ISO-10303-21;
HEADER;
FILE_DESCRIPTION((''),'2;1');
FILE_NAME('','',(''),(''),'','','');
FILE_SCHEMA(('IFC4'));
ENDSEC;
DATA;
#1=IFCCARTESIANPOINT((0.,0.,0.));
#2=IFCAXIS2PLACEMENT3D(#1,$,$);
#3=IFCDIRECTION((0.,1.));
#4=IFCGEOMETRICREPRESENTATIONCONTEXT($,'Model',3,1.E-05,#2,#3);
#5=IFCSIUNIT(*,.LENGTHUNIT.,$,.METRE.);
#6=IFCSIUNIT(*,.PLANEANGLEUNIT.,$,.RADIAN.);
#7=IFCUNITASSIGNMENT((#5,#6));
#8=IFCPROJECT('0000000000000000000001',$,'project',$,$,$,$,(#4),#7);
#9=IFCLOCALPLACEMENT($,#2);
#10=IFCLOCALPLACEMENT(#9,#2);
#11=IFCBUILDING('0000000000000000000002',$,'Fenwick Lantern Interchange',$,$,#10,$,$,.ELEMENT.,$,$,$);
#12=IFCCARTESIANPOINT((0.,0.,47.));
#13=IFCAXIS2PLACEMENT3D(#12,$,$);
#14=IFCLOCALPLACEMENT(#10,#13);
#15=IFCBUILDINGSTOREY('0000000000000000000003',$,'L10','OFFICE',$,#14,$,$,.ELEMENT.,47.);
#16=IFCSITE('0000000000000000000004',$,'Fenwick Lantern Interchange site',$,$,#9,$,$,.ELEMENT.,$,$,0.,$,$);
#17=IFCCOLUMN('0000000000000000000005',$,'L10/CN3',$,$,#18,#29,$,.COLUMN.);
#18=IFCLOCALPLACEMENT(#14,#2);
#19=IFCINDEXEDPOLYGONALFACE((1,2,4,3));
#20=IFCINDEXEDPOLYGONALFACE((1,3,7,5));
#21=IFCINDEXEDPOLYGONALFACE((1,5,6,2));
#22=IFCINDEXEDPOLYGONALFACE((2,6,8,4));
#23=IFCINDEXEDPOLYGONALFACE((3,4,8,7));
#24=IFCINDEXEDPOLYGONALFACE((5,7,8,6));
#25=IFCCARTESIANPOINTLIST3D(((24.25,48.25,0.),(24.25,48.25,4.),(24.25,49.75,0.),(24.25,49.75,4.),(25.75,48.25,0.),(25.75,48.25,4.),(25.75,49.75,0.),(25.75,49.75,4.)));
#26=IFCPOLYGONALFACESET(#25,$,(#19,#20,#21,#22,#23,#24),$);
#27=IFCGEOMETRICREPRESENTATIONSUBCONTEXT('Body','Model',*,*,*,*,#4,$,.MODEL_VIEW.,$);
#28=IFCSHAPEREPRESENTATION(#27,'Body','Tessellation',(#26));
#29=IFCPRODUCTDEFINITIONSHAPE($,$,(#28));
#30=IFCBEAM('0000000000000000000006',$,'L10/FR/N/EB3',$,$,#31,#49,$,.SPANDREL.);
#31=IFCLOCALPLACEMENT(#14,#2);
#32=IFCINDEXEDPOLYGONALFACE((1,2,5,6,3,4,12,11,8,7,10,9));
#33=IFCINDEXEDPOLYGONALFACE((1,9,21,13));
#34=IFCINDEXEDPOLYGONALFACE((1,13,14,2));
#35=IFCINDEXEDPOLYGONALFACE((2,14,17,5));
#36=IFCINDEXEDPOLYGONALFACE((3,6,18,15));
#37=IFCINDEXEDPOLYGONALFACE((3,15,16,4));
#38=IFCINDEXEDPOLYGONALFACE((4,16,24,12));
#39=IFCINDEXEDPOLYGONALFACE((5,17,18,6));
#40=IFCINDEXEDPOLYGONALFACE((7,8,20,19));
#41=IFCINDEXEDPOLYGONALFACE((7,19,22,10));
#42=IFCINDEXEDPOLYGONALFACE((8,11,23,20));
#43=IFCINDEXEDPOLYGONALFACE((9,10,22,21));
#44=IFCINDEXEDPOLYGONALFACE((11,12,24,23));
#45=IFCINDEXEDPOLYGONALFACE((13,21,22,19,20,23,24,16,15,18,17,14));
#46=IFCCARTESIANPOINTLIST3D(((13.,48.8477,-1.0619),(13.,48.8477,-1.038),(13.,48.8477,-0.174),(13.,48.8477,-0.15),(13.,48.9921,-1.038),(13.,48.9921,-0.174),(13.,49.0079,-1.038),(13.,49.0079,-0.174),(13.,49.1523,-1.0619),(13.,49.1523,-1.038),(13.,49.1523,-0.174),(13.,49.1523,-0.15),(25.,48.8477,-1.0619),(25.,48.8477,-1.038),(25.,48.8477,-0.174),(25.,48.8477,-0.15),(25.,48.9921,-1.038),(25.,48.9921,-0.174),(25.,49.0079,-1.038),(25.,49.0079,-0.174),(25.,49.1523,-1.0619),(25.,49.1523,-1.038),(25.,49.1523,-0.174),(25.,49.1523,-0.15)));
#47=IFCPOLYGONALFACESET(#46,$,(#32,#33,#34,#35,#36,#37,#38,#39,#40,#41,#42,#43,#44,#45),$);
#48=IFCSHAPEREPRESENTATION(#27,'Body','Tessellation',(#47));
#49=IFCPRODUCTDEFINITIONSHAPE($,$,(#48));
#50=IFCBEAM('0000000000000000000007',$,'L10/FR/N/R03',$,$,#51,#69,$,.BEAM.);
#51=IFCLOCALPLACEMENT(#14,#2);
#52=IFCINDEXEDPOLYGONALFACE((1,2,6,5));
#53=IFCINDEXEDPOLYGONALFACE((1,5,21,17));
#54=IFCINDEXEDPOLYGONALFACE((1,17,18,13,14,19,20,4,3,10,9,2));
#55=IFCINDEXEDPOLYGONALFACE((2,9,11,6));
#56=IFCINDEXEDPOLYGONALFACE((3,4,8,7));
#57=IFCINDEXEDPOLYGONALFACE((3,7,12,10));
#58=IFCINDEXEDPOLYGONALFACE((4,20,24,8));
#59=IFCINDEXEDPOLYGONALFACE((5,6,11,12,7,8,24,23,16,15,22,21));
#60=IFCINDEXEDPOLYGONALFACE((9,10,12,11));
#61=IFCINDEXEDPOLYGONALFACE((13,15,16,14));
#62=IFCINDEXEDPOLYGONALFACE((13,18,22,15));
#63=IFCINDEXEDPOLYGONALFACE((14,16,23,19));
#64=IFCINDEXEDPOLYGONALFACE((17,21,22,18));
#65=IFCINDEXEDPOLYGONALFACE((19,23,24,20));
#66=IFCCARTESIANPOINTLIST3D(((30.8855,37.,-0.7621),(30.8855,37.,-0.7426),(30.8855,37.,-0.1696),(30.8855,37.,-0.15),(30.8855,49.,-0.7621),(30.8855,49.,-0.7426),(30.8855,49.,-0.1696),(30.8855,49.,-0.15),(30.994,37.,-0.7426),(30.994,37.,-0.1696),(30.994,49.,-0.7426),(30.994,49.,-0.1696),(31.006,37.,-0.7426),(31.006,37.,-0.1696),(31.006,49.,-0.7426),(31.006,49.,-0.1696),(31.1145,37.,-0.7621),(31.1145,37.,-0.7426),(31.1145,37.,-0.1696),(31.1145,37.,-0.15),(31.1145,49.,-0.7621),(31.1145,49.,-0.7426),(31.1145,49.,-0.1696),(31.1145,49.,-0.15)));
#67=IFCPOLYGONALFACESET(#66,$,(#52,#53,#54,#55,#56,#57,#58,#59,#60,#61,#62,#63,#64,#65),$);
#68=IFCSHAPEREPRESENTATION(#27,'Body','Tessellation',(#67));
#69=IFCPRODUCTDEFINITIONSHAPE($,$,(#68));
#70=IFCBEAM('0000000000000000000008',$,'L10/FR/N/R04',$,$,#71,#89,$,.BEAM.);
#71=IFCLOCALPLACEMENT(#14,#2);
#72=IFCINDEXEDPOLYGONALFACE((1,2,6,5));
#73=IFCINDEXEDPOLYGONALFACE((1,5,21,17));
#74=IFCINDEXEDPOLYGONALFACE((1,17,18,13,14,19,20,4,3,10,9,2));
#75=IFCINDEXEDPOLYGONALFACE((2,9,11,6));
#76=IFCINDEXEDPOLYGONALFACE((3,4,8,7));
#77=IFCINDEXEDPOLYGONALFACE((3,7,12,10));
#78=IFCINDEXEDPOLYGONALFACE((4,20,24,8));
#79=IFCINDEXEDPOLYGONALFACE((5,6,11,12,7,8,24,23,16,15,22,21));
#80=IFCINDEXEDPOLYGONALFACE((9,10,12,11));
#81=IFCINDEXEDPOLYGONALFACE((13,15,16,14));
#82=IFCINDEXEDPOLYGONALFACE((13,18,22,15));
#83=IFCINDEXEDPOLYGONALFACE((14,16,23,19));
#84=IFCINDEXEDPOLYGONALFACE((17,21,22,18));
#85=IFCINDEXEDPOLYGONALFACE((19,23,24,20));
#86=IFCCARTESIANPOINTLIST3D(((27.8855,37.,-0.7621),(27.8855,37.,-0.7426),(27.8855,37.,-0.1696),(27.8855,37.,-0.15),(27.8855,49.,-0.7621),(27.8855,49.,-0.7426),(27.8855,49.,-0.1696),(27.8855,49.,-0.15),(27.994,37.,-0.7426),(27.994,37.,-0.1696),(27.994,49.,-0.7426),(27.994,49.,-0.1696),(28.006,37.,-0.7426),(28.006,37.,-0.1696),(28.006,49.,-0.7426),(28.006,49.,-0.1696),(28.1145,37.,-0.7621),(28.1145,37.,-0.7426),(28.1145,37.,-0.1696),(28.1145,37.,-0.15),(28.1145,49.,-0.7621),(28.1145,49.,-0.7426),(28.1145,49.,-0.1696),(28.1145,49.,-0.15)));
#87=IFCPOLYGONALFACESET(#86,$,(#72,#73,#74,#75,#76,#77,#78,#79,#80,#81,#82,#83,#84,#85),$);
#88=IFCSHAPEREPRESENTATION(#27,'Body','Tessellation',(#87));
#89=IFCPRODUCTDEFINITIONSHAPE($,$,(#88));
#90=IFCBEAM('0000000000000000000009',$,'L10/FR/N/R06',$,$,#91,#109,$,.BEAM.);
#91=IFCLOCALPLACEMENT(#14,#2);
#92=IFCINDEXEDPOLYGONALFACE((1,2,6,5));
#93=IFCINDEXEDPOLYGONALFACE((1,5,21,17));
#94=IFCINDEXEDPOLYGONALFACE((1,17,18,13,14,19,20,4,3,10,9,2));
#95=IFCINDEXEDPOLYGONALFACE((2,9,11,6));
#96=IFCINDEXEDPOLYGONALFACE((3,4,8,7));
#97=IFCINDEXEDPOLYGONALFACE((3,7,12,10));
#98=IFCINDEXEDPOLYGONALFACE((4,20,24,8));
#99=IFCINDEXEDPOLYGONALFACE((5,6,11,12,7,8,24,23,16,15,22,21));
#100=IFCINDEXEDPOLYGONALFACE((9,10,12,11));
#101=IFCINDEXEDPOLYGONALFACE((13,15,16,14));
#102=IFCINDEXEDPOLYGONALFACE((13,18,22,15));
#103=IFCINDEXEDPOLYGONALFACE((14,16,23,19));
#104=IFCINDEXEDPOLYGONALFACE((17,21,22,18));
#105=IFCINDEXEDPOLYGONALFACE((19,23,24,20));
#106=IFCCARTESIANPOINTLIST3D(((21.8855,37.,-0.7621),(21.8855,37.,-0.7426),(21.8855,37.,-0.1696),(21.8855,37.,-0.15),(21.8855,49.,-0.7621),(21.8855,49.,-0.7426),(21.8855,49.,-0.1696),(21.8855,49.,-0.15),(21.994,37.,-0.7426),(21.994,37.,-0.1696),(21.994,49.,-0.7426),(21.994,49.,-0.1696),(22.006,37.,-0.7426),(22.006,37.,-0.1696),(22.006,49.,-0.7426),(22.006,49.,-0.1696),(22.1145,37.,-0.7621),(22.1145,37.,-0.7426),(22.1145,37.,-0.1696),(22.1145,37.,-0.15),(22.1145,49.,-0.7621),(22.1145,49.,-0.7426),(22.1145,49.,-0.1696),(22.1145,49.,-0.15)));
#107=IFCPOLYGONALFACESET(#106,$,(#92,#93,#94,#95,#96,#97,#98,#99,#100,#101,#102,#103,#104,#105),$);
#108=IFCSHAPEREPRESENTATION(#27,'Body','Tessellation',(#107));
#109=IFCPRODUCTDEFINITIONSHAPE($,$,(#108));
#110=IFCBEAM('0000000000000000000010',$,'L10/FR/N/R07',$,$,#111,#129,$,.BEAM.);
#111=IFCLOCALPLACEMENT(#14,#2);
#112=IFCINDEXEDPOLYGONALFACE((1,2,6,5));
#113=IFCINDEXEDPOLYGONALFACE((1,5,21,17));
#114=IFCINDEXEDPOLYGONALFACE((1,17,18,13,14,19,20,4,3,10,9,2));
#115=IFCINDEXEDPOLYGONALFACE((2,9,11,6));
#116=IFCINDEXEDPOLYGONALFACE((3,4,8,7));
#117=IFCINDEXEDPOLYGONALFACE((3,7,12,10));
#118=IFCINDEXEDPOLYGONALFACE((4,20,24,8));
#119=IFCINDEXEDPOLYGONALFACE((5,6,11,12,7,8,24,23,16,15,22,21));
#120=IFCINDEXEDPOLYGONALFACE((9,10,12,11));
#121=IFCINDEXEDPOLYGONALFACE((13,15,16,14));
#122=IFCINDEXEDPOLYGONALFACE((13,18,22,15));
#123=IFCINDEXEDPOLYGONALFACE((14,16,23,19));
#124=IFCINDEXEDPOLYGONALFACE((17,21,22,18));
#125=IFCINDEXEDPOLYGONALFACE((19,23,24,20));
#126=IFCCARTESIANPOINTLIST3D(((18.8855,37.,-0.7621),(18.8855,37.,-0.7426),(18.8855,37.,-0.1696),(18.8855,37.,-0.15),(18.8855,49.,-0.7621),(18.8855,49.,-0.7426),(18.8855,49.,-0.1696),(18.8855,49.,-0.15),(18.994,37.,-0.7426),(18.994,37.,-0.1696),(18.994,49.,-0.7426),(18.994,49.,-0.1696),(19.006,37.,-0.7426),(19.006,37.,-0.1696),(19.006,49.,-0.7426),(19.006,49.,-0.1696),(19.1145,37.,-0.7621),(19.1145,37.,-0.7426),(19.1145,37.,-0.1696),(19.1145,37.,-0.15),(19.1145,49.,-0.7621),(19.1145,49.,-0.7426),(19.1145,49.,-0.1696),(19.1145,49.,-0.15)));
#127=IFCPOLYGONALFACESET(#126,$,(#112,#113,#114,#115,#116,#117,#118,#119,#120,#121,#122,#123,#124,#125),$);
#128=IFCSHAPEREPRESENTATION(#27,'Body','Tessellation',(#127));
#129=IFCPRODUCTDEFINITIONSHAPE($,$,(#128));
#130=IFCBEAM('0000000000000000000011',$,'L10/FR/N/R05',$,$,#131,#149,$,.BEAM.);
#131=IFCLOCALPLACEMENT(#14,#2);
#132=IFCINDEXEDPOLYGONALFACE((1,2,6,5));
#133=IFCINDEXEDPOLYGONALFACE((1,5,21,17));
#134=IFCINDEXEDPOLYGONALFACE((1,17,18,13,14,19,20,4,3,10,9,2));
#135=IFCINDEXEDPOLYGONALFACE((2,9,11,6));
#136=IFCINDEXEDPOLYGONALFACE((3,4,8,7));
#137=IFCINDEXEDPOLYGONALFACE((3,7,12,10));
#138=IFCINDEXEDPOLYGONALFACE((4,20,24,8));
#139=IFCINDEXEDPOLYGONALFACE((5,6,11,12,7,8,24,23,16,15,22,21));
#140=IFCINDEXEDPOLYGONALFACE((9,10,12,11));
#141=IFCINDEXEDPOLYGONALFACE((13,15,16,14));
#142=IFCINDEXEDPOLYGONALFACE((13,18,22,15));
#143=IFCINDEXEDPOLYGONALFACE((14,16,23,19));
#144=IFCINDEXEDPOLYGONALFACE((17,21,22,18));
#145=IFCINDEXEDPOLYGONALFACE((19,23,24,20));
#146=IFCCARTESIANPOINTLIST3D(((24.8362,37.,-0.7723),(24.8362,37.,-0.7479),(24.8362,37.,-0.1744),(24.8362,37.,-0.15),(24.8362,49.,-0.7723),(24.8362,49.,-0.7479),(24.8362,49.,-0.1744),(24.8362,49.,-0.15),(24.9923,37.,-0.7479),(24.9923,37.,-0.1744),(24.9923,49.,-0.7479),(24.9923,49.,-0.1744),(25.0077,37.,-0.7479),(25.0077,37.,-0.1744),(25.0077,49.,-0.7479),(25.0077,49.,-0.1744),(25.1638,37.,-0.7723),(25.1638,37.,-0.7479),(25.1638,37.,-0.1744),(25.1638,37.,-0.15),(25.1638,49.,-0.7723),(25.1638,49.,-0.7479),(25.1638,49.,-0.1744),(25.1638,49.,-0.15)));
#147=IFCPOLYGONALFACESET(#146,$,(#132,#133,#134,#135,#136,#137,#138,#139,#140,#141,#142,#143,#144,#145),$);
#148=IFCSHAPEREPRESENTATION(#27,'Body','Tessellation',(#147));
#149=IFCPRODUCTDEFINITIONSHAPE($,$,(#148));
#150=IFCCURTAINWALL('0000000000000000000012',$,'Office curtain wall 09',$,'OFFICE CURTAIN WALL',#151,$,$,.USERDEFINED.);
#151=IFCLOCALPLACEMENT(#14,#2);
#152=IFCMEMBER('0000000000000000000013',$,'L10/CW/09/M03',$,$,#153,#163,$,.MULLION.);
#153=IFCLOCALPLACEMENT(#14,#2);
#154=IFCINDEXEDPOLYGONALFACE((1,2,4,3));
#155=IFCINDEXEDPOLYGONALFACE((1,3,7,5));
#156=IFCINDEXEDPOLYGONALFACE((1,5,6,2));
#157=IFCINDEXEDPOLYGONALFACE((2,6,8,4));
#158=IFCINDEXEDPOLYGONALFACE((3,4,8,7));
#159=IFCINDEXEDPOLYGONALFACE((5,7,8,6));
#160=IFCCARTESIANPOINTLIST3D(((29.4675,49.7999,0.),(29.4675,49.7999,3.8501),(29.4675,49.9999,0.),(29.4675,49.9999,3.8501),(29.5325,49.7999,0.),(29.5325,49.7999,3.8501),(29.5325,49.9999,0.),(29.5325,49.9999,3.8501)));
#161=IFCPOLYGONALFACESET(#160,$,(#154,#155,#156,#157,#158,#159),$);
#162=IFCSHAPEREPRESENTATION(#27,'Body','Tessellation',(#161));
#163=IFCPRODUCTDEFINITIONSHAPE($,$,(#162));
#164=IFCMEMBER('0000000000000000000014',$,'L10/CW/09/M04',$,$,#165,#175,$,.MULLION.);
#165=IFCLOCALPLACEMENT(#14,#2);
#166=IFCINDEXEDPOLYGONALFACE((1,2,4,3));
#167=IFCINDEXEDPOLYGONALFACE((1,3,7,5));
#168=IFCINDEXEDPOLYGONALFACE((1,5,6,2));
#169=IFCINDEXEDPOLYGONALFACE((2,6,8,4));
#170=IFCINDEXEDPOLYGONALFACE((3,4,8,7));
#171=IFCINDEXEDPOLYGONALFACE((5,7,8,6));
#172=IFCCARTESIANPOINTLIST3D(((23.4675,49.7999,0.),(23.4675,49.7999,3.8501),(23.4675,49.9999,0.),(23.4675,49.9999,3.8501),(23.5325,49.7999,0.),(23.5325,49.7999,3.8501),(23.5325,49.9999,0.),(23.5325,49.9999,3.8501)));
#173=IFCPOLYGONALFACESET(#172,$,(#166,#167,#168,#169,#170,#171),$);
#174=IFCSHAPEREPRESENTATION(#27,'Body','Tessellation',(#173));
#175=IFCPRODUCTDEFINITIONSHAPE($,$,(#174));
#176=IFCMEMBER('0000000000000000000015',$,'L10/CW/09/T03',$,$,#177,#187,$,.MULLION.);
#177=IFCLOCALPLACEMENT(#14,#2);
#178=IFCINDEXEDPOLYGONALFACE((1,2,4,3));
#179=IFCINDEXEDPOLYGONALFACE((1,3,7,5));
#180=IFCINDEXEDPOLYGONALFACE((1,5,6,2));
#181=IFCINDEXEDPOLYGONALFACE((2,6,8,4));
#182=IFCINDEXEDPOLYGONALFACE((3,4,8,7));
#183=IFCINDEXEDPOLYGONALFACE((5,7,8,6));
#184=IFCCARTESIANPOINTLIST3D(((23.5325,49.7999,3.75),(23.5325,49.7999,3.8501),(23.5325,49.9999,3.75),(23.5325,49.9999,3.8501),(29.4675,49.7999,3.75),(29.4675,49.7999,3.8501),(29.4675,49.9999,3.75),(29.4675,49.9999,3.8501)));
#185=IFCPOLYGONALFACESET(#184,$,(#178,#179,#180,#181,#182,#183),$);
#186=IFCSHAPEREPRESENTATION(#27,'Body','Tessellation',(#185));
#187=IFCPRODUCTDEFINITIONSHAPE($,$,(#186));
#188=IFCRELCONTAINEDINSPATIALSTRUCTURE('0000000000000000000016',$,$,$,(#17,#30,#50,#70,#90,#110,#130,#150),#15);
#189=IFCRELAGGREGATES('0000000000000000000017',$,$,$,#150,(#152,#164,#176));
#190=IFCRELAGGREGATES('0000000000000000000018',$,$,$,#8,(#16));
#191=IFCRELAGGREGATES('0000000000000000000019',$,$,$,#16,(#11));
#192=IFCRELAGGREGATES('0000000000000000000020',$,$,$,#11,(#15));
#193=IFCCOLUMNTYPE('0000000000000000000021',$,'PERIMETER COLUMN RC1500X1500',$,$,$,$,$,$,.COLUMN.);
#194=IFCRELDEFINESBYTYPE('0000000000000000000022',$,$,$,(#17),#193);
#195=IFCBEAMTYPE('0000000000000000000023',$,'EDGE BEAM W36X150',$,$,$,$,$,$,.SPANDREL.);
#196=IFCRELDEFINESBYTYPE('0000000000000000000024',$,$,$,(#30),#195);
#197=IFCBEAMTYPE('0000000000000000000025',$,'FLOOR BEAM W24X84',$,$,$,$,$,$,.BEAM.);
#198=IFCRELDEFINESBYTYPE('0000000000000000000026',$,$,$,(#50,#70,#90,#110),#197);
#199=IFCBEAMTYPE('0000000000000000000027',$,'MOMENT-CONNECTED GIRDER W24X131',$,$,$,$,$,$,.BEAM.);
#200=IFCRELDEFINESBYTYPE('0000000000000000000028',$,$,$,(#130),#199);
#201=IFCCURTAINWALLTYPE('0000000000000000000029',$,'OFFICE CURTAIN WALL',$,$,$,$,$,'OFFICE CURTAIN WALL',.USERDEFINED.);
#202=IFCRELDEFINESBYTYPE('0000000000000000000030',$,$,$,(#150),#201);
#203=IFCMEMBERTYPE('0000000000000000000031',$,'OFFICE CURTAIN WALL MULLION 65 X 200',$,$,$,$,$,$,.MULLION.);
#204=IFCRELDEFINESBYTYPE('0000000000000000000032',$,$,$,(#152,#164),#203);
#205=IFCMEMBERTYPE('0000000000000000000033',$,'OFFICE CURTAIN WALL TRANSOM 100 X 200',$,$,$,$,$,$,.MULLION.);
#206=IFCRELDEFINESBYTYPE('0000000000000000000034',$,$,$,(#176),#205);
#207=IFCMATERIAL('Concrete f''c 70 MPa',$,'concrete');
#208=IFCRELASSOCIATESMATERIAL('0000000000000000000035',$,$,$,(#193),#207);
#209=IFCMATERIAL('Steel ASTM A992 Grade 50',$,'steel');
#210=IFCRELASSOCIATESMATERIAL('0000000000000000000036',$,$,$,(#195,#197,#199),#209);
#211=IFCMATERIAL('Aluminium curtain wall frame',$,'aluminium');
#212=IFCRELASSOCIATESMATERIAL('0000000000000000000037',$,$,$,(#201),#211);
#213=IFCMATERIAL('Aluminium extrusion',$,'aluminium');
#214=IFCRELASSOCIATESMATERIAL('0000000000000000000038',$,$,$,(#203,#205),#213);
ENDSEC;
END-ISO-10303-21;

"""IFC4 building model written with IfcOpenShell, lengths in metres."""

from ifc_helpers import new_model, si_unit, direction, frame, origin, origin_2d, place, context, subcontext, project, spatial, rectangle, i_section, extrude, material, material_profile, profile_set, type_object, element, aggregate, save


model = new_model("IFC4")

# Units and contexts
model_context = context("Model", 3, precision=1e-05, world=origin(), true_north=direction((0.0, 1.0)))
body_context = subcontext(model_context, "Body", "Model", "MODEL_VIEW")
ifc_project = project(units=[si_unit("LENGTHUNIT", "METRE"), si_unit("PLANEANGLEUNIT", "RADIAN")], contexts=[model_context])

# Site, building, storey
site_placement = place(None, origin())
site = spatial("IfcSite", under=ifc_project, at=site_placement, Name="Fenwick Lantern Interchange site", CompositionType="ELEMENT", RefElevation=0.0)
building_placement = place(site_placement, origin())
building = spatial("IfcBuilding", under=site, at=building_placement, Name="Fenwick Lantern Interchange", CompositionType="ELEMENT")
storey_placement = place(building_placement, frame((0.0, 0.0, 47.0)))
storey = spatial("IfcBuildingStorey", under=building, at=storey_placement, Name="L10", Description="OFFICE", CompositionType="ELEMENT", Elevation=47.0)

# Column
ifc_material_1 = material(Name="Concrete f'c 70 MPa", Category="concrete")
ifc_material_profile_1 = material_profile(ifc_material_1, rectangle(XDim=1.5, YDim=1.5, at=origin_2d()), Name="RC1500X1500")
ifc_profile_set_1 = profile_set([ifc_material_profile_1], Name="Concrete f'c 70 MPa")
column_type = type_object("IfcColumnType", Name="PERIMETER COLUMN RC1500X1500", PredefinedType="COLUMN", material=ifc_profile_set_1)
column_placement = place(storey_placement, frame((25.0, 49.0, 0.0), z_axis=(0.0, 0.0, 1.0), x_axis=(1.0, 0.0, 0.0)))
element("IfcColumn", 1, at=column_placement, inside=storey, type_object=column_type, Name="L10/CN3", PredefinedType="COLUMN", context=body_context, shape_type="SweptSolid", body=[
    extrude(rectangle(XDim=1.5, YDim=1.5, at=origin_2d()), origin(), (0.0, 0.0, 1.0), 4.0),
])

# Beams
ifc_material_2 = material(Name="Steel ASTM A992 Grade 50", Category="steel")
ifc_material_profile_2 = material_profile(ifc_material_2, i_section(OverallWidth=0.3047, OverallDepth=0.9119, WebThickness=0.0159, FlangeThickness=0.0239, at=origin_2d()), Name="W36X150")
ifc_profile_set_2 = profile_set([ifc_material_profile_2], Name="Steel ASTM A992 Grade 50")
beam_type_1 = type_object("IfcBeamType", Name="EDGE BEAM W36X150", PredefinedType="SPANDREL", material=ifc_profile_set_2)
beam_1_placement = place(storey_placement, frame((25.0, 49.0, -0.606), z_axis=(-1.0, 0.0, 0.0), x_axis=(0.0, -1.0, 0.0)))
element("IfcBeam", 2, at=beam_1_placement, inside=storey, type_object=beam_type_1, Name="L10/FR/N/EB3", PredefinedType="SPANDREL", context=body_context, shape_type="SweptSolid", body=[
    extrude(i_section(OverallWidth=0.3047, OverallDepth=0.9119, WebThickness=0.0159, FlangeThickness=0.0239, at=origin_2d()), origin(), (0.0, 0.0, 1.0), 12.0),
])
ifc_material_profile_3 = material_profile(ifc_material_2, i_section(OverallWidth=0.229, OverallDepth=0.6121, WebThickness=0.012, FlangeThickness=0.0195, at=origin_2d()), Name="W24X84")
ifc_profile_set_3 = profile_set([ifc_material_profile_3], Name="Steel ASTM A992 Grade 50")
beam_type_2 = type_object("IfcBeamType", Name="FLOOR BEAM W24X84", PredefinedType="BEAM", material=ifc_profile_set_3)
for number, where, z_axis, x_axis, name in (
    (3, (31.0, 49.0, -0.4561), (0.0, -1.0, 0.0), (1.0, 0.0, 0.0), "L10/FR/N/R03"),
    (4, (28.0, 49.0, -0.4561), (0.0, -1.0, 0.0), (1.0, 0.0, 0.0), "L10/FR/N/R04"),
    (5, (22.0, 49.0, -0.4561), (0.0, -1.0, 0.0), (1.0, 0.0, 0.0), "L10/FR/N/R06"),
    (6, (19.0, 49.0, -0.4561), (0.0, -1.0, 0.0), (1.0, 0.0, 0.0), "L10/FR/N/R07"),
):
    element("IfcBeam", number, at=place(storey_placement, frame(where, z_axis=z_axis, x_axis=x_axis)), inside=storey, type_object=beam_type_2, Name=name, PredefinedType="BEAM", context=body_context, shape_type="SweptSolid", body=[
        extrude(i_section(OverallWidth=0.229, OverallDepth=0.6121, WebThickness=0.012, FlangeThickness=0.0195, at=origin_2d()), origin(), (0.0, 0.0, 1.0), 12.0),
    ])
ifc_material_profile_4 = material_profile(ifc_material_2, i_section(OverallWidth=0.3276, OverallDepth=0.6223, WebThickness=0.0154, FlangeThickness=0.0244, at=origin_2d()), Name="W24X131")
ifc_profile_set_4 = profile_set([ifc_material_profile_4], Name="Steel ASTM A992 Grade 50")
beam_type_3 = type_object("IfcBeamType", Name="MOMENT-CONNECTED GIRDER W24X131", PredefinedType="BEAM", material=ifc_profile_set_4)
beam_2_placement = place(storey_placement, frame((25.0, 49.0, -0.4612), z_axis=(0.0, -1.0, 0.0), x_axis=(1.0, 0.0, 0.0)))
element("IfcBeam", 7, at=beam_2_placement, inside=storey, type_object=beam_type_3, Name="L10/FR/N/R05", PredefinedType="BEAM", context=body_context, shape_type="SweptSolid", body=[
    extrude(i_section(OverallWidth=0.3276, OverallDepth=0.6223, WebThickness=0.0154, FlangeThickness=0.0244, at=origin_2d()), origin(), (0.0, 0.0, 1.0), 12.0),
])

# Curtain wall, members
ifc_material_3 = material(Name="Aluminium curtain wall frame", Category="aluminium")
curtain_wall_type = type_object("IfcCurtainWallType", Name="OFFICE CURTAIN WALL", ElementType="OFFICE CURTAIN WALL", PredefinedType="USERDEFINED", material=ifc_material_3)
curtain_wall_placement = place(storey_placement, origin())
curtain_wall = element("IfcCurtainWall", 8, at=curtain_wall_placement, inside=storey, type_object=curtain_wall_type, Name="Office curtain wall 09", ObjectType="OFFICE CURTAIN WALL", PredefinedType="USERDEFINED")
ifc_material_4 = material(Name="Aluminium extrusion", Category="aluminium")
ifc_material_profile_5 = material_profile(ifc_material_4, rectangle(XDim=0.2, YDim=0.0649, at=origin_2d()), Name="OFFICE CURTAIN WALL MULLION 65 X 200")
ifc_profile_set_5 = profile_set([ifc_material_profile_5], Name="Aluminium extrusion")
member_type_1 = type_object("IfcMemberType", Name="OFFICE CURTAIN WALL MULLION 65 X 200", PredefinedType="MULLION", material=ifc_profile_set_5)
member_1_placement = place(storey_placement, frame((29.5, 49.8999, 0.0), z_axis=(0.0, 0.0, 1.0), x_axis=(0.0, -1.0, 0.0)))
member_1 = element("IfcMember", 9, at=member_1_placement, type_object=member_type_1, Name="L10/CW/09/M03", PredefinedType="MULLION", context=body_context, shape_type="SweptSolid", body=[
    extrude(rectangle(XDim=0.2, YDim=0.0649, at=origin_2d()), origin(), (0.0, 0.0, 1.0), 3.8501),
])
member_2_placement = place(storey_placement, frame((23.5, 49.8999, 0.0), z_axis=(0.0, 0.0, 1.0), x_axis=(0.0, -1.0, 0.0)))
member_2 = element("IfcMember", 10, at=member_2_placement, type_object=member_type_1, Name="L10/CW/09/M04", PredefinedType="MULLION", context=body_context, shape_type="SweptSolid", body=[
    extrude(rectangle(XDim=0.2, YDim=0.0649, at=origin_2d()), origin(), (0.0, 0.0, 1.0), 3.8501),
])
ifc_material_profile_6 = material_profile(ifc_material_4, rectangle(XDim=0.2, YDim=0.1001, at=origin_2d()), Name="OFFICE CURTAIN WALL TRANSOM 100 X 200")
ifc_profile_set_6 = profile_set([ifc_material_profile_6], Name="Aluminium extrusion")
member_type_2 = type_object("IfcMemberType", Name="OFFICE CURTAIN WALL TRANSOM 100 X 200", PredefinedType="MULLION", material=ifc_profile_set_6)
member_3_placement = place(storey_placement, frame((29.4675, 49.8999, 3.8), z_axis=(-1.0, 0.0, 0.0), x_axis=(0.0, -1.0, 0.0)))
member_3 = element("IfcMember", 11, at=member_3_placement, type_object=member_type_2, Name="L10/CW/09/T03", PredefinedType="MULLION", context=body_context, shape_type="SweptSolid", body=[
    extrude(rectangle(XDim=0.2, YDim=0.1001, at=origin_2d()), origin(), (0.0, 0.0, 1.0), 5.9351),
])
aggregate(curtain_wall, [member_1, member_2, member_3])

save(model, "model.ifc")
